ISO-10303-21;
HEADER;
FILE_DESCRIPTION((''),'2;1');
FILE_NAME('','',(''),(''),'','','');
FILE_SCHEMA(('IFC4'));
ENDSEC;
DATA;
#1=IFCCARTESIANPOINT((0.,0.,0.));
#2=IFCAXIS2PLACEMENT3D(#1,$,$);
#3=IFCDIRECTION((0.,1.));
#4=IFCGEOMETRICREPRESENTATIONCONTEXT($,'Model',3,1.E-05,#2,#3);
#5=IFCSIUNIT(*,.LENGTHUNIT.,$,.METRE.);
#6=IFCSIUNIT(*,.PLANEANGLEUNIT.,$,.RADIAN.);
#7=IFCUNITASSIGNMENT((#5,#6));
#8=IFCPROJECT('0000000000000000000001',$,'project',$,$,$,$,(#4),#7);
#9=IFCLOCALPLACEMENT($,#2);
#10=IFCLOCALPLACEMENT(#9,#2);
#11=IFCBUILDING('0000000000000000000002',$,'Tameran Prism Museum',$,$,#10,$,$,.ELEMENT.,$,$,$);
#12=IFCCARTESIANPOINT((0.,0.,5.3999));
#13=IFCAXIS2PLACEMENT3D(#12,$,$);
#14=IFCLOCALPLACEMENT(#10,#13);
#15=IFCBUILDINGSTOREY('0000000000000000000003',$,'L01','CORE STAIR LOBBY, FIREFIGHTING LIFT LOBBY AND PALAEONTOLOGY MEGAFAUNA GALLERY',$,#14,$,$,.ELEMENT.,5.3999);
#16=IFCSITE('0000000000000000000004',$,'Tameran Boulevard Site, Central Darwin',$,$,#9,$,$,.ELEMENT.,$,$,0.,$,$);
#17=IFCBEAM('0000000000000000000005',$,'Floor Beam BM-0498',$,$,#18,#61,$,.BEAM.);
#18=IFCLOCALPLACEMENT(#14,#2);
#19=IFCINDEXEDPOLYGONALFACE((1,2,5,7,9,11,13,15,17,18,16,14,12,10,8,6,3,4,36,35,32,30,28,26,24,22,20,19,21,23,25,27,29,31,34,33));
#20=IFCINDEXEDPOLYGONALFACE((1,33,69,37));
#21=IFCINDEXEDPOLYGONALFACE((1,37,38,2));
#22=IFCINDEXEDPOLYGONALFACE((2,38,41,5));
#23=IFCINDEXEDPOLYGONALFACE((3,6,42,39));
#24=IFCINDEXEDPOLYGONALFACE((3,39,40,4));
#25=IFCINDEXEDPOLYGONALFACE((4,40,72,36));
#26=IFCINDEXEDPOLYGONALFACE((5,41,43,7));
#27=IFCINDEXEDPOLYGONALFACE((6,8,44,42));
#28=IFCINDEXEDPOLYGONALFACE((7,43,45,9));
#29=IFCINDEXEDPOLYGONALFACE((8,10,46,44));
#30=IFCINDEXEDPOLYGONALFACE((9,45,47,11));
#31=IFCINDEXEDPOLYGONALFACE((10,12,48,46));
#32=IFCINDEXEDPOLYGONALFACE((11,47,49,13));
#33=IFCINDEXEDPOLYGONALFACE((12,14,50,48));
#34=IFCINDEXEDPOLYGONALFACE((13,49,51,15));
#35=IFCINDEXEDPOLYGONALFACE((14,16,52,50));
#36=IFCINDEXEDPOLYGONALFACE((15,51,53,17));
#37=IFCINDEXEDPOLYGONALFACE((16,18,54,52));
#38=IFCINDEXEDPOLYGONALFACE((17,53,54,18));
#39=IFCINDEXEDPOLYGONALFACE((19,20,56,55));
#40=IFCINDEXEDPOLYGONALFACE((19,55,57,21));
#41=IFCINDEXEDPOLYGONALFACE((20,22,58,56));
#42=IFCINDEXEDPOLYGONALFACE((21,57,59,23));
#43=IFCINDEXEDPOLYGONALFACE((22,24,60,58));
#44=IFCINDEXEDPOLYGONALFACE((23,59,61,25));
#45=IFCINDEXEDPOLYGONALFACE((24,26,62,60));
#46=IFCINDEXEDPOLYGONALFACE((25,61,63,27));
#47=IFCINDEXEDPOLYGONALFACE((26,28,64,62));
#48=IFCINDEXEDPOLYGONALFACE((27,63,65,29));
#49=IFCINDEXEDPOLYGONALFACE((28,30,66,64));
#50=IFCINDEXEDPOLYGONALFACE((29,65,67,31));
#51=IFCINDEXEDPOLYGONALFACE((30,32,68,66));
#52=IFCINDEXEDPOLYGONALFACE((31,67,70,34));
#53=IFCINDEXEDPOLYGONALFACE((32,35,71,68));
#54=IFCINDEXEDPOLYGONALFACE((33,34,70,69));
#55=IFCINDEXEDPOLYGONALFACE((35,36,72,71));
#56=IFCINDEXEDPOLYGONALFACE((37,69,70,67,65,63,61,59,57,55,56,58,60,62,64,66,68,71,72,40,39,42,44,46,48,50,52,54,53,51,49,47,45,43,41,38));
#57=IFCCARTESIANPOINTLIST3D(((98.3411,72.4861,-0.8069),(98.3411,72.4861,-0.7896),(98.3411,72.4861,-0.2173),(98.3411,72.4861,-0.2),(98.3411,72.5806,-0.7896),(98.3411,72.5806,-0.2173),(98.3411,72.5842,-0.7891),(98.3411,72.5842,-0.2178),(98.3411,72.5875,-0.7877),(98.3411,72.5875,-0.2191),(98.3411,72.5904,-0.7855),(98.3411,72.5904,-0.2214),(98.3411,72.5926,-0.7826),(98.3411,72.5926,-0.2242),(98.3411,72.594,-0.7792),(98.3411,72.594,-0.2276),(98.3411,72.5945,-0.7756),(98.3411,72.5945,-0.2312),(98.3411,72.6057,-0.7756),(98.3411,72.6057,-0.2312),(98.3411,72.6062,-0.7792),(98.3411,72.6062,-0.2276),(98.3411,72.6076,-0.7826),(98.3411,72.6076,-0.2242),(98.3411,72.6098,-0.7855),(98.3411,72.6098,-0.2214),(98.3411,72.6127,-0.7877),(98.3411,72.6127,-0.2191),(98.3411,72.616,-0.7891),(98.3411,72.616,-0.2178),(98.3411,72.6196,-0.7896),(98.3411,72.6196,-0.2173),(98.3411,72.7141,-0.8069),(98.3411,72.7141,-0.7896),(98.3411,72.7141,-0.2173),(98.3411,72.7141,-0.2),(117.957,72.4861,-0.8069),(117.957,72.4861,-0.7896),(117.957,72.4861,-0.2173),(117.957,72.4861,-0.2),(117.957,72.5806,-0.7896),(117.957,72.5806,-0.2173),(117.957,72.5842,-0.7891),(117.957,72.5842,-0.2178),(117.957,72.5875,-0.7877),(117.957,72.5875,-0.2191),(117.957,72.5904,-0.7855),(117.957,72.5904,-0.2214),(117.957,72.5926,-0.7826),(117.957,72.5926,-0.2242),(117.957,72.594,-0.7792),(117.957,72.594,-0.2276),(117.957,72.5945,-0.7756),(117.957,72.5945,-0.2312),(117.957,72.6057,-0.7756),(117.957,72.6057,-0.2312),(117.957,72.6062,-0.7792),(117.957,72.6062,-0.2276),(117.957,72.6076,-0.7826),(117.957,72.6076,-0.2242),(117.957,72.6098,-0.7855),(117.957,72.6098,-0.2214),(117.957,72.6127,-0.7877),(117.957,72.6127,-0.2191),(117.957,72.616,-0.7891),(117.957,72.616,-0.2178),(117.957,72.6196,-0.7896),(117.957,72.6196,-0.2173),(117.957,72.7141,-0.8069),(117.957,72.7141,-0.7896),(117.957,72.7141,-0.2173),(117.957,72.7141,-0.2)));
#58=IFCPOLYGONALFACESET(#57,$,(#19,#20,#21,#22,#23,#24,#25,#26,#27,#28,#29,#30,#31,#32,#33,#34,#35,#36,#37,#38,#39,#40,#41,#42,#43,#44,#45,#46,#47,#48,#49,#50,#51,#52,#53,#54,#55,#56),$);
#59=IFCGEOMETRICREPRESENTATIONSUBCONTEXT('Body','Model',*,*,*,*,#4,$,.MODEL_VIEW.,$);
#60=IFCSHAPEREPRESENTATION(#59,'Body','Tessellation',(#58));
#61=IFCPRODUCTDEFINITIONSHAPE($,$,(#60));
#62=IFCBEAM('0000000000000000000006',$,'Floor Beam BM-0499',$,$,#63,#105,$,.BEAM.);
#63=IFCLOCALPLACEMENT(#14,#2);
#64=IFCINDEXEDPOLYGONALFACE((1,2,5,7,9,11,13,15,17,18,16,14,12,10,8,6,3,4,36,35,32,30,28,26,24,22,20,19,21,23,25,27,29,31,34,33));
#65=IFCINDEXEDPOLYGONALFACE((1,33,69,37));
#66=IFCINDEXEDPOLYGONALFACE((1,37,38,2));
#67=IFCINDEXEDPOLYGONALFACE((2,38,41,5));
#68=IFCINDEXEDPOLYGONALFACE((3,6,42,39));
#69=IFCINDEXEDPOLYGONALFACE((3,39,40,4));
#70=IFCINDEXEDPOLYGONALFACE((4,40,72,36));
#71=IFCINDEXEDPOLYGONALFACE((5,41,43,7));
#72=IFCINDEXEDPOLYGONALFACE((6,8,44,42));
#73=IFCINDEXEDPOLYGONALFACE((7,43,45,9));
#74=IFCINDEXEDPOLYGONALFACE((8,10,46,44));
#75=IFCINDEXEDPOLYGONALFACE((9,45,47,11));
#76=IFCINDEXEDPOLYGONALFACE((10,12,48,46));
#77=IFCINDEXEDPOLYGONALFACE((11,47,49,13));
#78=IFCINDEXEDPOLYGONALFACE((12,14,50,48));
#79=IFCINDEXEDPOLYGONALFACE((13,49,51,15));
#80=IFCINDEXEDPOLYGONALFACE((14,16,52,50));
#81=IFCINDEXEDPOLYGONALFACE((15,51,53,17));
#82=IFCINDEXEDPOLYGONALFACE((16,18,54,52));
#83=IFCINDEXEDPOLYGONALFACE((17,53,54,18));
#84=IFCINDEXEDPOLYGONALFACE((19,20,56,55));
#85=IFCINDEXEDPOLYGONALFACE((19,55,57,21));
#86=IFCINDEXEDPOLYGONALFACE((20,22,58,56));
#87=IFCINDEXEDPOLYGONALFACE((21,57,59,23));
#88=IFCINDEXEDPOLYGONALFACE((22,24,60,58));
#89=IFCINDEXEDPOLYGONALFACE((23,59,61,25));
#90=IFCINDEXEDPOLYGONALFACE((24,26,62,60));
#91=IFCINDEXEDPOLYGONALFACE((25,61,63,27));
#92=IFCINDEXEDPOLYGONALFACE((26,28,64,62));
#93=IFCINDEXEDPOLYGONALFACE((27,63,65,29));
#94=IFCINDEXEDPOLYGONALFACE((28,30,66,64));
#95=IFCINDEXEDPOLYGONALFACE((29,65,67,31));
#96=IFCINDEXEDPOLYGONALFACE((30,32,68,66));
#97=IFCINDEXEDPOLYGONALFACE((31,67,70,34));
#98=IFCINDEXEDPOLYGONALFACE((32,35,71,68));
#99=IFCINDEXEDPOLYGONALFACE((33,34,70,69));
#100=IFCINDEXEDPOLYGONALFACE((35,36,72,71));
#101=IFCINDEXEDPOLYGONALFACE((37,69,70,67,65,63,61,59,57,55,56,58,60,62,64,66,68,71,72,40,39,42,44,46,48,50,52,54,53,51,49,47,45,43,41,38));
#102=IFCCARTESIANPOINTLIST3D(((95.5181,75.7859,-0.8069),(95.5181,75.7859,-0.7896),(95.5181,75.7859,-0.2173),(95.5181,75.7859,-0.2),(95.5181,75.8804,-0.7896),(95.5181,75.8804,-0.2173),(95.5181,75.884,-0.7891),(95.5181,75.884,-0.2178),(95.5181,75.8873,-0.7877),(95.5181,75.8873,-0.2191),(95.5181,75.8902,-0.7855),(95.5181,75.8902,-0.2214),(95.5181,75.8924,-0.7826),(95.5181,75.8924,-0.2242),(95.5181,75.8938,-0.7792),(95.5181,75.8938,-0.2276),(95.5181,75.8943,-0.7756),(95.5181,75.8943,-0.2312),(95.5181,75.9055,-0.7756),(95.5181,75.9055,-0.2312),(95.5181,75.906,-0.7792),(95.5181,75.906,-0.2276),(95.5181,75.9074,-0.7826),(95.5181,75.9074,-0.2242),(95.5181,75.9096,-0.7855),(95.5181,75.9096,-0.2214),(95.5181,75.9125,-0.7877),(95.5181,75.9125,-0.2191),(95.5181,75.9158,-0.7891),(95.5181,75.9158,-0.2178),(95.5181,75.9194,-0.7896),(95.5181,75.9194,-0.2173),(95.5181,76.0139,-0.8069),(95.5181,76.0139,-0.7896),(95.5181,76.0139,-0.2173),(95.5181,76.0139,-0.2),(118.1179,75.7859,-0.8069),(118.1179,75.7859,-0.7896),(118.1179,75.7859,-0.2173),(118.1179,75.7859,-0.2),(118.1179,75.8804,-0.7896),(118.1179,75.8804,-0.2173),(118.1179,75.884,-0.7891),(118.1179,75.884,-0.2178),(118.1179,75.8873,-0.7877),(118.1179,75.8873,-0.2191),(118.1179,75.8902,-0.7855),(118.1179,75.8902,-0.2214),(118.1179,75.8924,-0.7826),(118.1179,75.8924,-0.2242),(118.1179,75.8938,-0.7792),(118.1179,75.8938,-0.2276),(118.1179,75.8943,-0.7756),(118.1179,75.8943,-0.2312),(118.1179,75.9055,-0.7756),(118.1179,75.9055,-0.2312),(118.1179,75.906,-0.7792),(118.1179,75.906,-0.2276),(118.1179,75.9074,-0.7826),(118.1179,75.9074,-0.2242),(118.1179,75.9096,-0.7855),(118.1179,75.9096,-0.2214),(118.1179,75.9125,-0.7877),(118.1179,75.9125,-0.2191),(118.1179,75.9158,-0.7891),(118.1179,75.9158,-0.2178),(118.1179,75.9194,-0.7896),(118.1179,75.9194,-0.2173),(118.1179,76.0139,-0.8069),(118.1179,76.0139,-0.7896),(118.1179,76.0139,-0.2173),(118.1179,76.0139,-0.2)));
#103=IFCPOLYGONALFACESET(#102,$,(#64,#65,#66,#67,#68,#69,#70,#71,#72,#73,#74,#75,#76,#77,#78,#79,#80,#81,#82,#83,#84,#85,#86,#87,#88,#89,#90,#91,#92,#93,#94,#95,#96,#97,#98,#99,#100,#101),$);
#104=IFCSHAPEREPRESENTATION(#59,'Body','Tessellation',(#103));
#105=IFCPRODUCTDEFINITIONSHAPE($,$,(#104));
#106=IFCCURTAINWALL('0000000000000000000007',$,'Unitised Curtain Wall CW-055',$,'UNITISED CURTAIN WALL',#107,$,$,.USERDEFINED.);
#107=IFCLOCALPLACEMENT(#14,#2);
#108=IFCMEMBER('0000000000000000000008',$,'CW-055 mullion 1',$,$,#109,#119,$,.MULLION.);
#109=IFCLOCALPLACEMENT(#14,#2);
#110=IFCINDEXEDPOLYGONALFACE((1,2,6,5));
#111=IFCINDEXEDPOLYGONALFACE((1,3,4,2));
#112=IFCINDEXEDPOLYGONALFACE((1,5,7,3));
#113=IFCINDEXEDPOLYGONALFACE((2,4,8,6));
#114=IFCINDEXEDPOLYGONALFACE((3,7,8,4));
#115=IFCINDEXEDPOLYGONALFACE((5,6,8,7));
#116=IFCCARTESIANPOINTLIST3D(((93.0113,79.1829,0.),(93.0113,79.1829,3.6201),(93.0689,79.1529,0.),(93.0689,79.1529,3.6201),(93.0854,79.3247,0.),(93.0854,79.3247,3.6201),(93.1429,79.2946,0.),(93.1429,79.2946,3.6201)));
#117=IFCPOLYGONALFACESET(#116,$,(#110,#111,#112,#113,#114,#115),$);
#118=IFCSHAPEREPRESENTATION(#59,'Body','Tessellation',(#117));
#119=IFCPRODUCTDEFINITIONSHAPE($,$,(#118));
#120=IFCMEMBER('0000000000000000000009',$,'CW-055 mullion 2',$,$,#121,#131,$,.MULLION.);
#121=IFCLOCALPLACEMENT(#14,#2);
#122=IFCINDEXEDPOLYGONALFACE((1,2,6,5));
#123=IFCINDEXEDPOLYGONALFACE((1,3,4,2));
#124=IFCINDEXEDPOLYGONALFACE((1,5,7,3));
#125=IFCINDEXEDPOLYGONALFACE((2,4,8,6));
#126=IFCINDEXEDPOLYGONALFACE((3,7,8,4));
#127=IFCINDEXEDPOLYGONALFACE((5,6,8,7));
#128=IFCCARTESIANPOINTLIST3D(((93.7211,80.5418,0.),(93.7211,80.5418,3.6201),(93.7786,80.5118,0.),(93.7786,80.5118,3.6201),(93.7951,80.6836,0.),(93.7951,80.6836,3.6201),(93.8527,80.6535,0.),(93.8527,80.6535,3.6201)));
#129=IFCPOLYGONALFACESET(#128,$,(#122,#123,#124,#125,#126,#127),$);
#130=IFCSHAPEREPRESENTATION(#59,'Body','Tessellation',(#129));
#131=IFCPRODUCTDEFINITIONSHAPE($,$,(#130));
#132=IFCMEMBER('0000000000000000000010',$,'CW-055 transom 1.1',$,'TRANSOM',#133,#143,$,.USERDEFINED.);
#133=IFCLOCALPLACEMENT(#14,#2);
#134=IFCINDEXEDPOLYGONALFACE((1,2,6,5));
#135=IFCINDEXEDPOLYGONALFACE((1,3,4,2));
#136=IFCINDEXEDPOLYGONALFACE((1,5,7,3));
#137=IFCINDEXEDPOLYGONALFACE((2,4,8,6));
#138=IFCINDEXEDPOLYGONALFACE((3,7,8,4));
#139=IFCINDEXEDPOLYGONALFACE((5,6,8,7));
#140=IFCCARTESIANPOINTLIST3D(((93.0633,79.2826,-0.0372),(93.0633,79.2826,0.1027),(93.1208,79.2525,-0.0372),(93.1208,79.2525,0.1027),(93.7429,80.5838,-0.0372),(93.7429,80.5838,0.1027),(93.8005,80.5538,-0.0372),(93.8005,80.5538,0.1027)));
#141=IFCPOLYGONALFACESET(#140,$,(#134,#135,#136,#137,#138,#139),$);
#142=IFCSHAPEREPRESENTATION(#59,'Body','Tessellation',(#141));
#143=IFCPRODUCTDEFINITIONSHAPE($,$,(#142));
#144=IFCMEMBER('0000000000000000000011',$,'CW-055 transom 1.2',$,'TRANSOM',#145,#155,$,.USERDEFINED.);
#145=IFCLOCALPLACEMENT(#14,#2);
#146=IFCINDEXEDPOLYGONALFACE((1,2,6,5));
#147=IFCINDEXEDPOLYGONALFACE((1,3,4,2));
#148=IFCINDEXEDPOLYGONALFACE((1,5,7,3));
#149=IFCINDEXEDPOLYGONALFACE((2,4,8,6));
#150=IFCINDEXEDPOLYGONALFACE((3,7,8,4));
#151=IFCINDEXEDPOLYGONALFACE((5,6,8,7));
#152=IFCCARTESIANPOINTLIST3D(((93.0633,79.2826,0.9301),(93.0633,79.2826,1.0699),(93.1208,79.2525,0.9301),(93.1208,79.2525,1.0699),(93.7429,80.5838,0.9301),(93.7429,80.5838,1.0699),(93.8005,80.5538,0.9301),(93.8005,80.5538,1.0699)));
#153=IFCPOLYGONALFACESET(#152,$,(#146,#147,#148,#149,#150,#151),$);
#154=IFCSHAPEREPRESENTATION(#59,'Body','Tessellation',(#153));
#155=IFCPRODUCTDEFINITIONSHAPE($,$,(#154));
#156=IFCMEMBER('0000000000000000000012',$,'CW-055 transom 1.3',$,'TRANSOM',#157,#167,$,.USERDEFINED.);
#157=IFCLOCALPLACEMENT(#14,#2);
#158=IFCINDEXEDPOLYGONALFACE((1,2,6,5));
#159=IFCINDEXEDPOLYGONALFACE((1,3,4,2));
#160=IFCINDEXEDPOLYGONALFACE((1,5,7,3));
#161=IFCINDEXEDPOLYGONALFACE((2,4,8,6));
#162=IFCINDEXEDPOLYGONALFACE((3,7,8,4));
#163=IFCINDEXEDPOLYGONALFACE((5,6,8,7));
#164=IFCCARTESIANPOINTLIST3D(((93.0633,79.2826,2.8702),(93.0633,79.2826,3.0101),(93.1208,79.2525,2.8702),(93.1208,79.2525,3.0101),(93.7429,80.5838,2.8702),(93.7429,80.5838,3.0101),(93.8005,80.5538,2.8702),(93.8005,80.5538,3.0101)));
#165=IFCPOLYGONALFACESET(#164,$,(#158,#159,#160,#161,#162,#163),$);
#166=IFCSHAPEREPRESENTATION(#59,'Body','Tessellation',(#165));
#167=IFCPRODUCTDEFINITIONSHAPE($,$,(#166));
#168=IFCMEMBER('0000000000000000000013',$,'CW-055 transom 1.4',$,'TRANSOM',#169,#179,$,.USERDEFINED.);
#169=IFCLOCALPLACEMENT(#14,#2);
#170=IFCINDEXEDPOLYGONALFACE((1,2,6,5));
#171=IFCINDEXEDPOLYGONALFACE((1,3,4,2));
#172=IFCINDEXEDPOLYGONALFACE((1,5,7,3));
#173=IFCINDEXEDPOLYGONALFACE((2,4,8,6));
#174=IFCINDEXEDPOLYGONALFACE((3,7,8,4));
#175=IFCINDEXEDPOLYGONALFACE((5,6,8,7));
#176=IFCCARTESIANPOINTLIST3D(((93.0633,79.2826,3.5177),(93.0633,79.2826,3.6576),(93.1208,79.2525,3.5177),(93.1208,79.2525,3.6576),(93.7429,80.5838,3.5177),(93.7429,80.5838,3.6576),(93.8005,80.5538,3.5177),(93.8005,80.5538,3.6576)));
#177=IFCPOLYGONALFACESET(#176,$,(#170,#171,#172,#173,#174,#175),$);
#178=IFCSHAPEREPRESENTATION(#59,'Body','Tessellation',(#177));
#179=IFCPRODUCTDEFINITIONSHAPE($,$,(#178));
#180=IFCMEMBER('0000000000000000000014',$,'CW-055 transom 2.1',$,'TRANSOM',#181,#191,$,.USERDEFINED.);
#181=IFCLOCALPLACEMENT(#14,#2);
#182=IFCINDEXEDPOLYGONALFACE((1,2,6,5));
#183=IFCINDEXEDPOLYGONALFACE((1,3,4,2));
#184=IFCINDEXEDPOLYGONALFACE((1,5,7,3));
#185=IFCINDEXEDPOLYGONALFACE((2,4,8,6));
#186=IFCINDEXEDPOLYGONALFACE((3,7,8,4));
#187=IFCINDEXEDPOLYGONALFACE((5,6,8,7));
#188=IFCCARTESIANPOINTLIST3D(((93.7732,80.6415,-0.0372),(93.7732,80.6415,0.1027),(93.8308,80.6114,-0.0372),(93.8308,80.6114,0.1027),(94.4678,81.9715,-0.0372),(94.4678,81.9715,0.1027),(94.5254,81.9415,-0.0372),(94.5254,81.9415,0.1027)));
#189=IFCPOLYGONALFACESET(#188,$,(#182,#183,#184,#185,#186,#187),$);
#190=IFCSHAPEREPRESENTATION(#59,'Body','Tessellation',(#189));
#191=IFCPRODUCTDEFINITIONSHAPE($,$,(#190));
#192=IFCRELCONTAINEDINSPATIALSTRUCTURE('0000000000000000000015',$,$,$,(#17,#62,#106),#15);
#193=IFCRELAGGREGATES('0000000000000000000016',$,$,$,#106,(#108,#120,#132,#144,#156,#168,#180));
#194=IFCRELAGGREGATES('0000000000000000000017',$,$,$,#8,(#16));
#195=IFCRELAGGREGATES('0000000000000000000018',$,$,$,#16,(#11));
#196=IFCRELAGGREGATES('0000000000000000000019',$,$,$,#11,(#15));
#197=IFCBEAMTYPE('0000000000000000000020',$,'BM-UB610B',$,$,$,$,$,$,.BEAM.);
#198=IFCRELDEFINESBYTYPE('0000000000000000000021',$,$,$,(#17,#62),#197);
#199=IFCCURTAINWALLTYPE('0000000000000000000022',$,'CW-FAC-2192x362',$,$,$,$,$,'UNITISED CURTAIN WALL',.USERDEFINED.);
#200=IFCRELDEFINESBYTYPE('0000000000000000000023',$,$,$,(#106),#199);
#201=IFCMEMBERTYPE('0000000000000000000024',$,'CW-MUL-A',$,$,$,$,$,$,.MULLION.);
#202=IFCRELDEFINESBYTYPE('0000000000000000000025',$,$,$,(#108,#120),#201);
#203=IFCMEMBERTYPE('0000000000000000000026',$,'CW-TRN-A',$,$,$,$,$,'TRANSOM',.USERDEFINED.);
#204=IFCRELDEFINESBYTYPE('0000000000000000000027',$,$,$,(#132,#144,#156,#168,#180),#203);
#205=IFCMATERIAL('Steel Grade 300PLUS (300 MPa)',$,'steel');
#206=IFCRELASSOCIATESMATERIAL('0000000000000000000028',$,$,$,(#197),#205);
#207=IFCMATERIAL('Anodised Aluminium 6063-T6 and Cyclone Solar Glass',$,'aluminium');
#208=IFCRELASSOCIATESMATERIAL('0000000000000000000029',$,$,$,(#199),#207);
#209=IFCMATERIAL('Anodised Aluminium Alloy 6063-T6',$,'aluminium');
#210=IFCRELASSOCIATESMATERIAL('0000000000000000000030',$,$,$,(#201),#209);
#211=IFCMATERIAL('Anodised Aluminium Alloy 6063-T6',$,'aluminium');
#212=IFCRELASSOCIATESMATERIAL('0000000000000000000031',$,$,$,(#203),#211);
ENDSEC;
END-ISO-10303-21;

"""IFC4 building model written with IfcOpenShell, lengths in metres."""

from ifc_helpers import new_model, si_unit, direction, frame, origin, origin_2d, place, context, subcontext, project, spatial, rectangle, i_section, extrude, material, material_profile, profile_set, type_object, element, aggregate, save


model = new_model("IFC4")

# Units and contexts
model_context = context("Model", 3, precision=1e-05, world=origin(), true_north=direction((0.0, 1.0)))
body_context = subcontext(model_context, "Body", "Model", "MODEL_VIEW")
ifc_project = project(units=[si_unit("LENGTHUNIT", "METRE"), si_unit("PLANEANGLEUNIT", "RADIAN")], contexts=[model_context])

# Site, building, storey
site_placement = place(None, origin())
site = spatial("IfcSite", under=ifc_project, at=site_placement, Name="Tameran Boulevard Site, Central Darwin", CompositionType="ELEMENT", RefElevation=0.0)
building_placement = place(site_placement, origin())
building = spatial("IfcBuilding", under=site, at=building_placement, Name="Tameran Prism Museum", CompositionType="ELEMENT")
storey_placement = place(building_placement, frame((0.0, 0.0, 5.3999)))
storey = spatial("IfcBuildingStorey", under=building, at=storey_placement, Name="L01", Description="CORE STAIR LOBBY, FIREFIGHTING LIFT LOBBY AND PALAEONTOLOGY MEGAFAUNA GALLERY", CompositionType="ELEMENT", Elevation=5.3999)

# Beams
ifc_material_1 = material(Name="Steel Grade 300PLUS (300 MPa)", Category="steel")
ifc_material_profile_1 = material_profile(ifc_material_1, i_section(OverallWidth=0.228, OverallDepth=0.6069, WebThickness=0.0112, FlangeThickness=0.0173, FilletRadius=0.0139, at=origin_2d()))
ifc_profile_set_1 = profile_set([ifc_material_profile_1])
beam_type_1 = type_object("IfcBeamType", Name="BM-UB610B", PredefinedType="BEAM", material=ifc_profile_set_1)
beam_1_placement = place(storey_placement, frame((98.3411, 72.6001, -0.5034), z_axis=(1.0, 0.0, 0.0), x_axis=(0.0, 1.0, 0.0)))
element("IfcBeam", 1, at=beam_1_placement, inside=storey, type_object=beam_type_1, Name="Floor Beam BM-0498", PredefinedType="BEAM", context=body_context, shape_type="SweptSolid", body=[
    extrude(i_section(OverallWidth=0.228, OverallDepth=0.6069, WebThickness=0.0112, FlangeThickness=0.0173, FilletRadius=0.0139, at=origin_2d()), origin(), (0.0, 0.0, 1.0), 19.616),
])
beam_2_placement = place(storey_placement, frame((95.5181, 75.8999, -0.5034), z_axis=(1.0, 0.0, 0.0), x_axis=(0.0, 1.0, 0.0)))
element("IfcBeam", 2, at=beam_2_placement, inside=storey, type_object=beam_type_1, Name="Floor Beam BM-0499", PredefinedType="BEAM", context=body_context, shape_type="SweptSolid", body=[
    extrude(i_section(OverallWidth=0.228, OverallDepth=0.6069, WebThickness=0.0112, FlangeThickness=0.0173, FilletRadius=0.0139, at=origin_2d()), origin(), (0.0, 0.0, 1.0), 22.5999),
])

# Curtain wall, members
ifc_material_2 = material(Name="Anodised Aluminium 6063-T6 and Cyclone Solar Glass", Category="aluminium")
curtain_wall_type = type_object("IfcCurtainWallType", Name="CW-FAC-2192x362", ElementType="UNITISED CURTAIN WALL", PredefinedType="USERDEFINED", material=ifc_material_2)
curtain_wall_placement = place(storey_placement, origin())
curtain_wall = element("IfcCurtainWall", 3, at=curtain_wall_placement, inside=storey, type_object=curtain_wall_type, Name="Unitised Curtain Wall CW-055", ObjectType="UNITISED CURTAIN WALL", PredefinedType="USERDEFINED")
ifc_material_3 = material(Name="Anodised Aluminium Alloy 6063-T6", Category="aluminium")
ifc_material_profile_2 = material_profile(ifc_material_3, rectangle(XDim=0.0649, YDim=0.1599, at=origin_2d()))
ifc_profile_set_2 = profile_set([ifc_material_profile_2])
member_type_1 = type_object("IfcMemberType", Name="CW-MUL-A", PredefinedType="MULLION", material=ifc_profile_set_2)
member_1_placement = place(storey_placement, frame((93.0771, 79.2388, 0.0), z_axis=(0.0, 0.0, 1.0), x_axis=(-0.886357, 0.463003, 0.0)))
member_1 = element("IfcMember", 4, at=member_1_placement, type_object=member_type_1, Name="CW-055 mullion 1", PredefinedType="MULLION", context=body_context, shape_type="SweptSolid", body=[
    extrude(rectangle(XDim=0.0649, YDim=0.1599, at=origin_2d()), origin(), (0.0, 0.0, 1.0), 3.6201),
])
member_2_placement = place(storey_placement, frame((93.7869, 80.5977, 0.0), z_axis=(0.0, 0.0, 1.0), x_axis=(-0.886357, 0.463003, 0.0)))
member_2 = element("IfcMember", 5, at=member_2_placement, type_object=member_type_1, Name="CW-055 mullion 2", PredefinedType="MULLION", context=body_context, shape_type="SweptSolid", body=[
    extrude(rectangle(XDim=0.0649, YDim=0.1599, at=origin_2d()), origin(), (0.0, 0.0, 1.0), 3.6201),
])
ifc_material_4 = material(Name="Anodised Aluminium Alloy 6063-T6", Category="aluminium")
ifc_material_profile_3 = material_profile(ifc_material_4, rectangle(XDim=0.0649, YDim=0.1399, at=origin_2d()))
ifc_profile_set_3 = profile_set([ifc_material_profile_3])
member_type_2 = type_object("IfcMemberType", Name="CW-TRN-A", ElementType="TRANSOM", PredefinedType="USERDEFINED", material=ifc_profile_set_3)
member_3_placement = place(storey_placement, frame((93.092, 79.2676, 0.0327), z_axis=(0.462975, 0.886371, 0.0), x_axis=(-0.886371, 0.462975, 0.0)))
member_3 = element("IfcMember", 6, at=member_3_placement, type_object=member_type_2, Name="CW-055 transom 1.1", ObjectType="TRANSOM", PredefinedType="USERDEFINED", context=body_context, shape_type="SweptSolid", body=[
    extrude(rectangle(XDim=0.0649, YDim=0.1399, at=origin_2d()), origin(), (0.0, 0.0, 1.0), 1.468),
])
member_4_placement = place(storey_placement, frame((93.092, 79.2676, 1.0), z_axis=(0.462975, 0.886371, 0.0), x_axis=(-0.886371, 0.462975, 0.0)))
member_4 = element("IfcMember", 7, at=member_4_placement, type_object=member_type_2, Name="CW-055 transom 1.2", ObjectType="TRANSOM", PredefinedType="USERDEFINED", context=body_context, shape_type="SweptSolid", body=[
    extrude(rectangle(XDim=0.0649, YDim=0.1399, at=origin_2d()), origin(), (0.0, 0.0, 1.0), 1.468),
])
member_5_placement = place(storey_placement, frame((93.092, 79.2676, 2.9402), z_axis=(0.462975, 0.886371, 0.0), x_axis=(-0.886371, 0.462975, 0.0)))
member_5 = element("IfcMember", 8, at=member_5_placement, type_object=member_type_2, Name="CW-055 transom 1.3", ObjectType="TRANSOM", PredefinedType="USERDEFINED", context=body_context, shape_type="SweptSolid", body=[
    extrude(rectangle(XDim=0.0649, YDim=0.1399, at=origin_2d()), origin(), (0.0, 0.0, 1.0), 1.468),
])
member_6_placement = place(storey_placement, frame((93.092, 79.2676, 3.5876), z_axis=(0.462975, 0.886371, 0.0), x_axis=(-0.886371, 0.462975, 0.0)))
member_6 = element("IfcMember", 9, at=member_6_placement, type_object=member_type_2, Name="CW-055 transom 1.4", ObjectType="TRANSOM", PredefinedType="USERDEFINED", context=body_context, shape_type="SweptSolid", body=[
    extrude(rectangle(XDim=0.0649, YDim=0.1399, at=origin_2d()), origin(), (0.0, 0.0, 1.0), 1.468),
])
member_7_placement = place(storey_placement, frame((93.802, 80.6265, 0.0327), z_axis=(0.462894, 0.886414, 0.0), x_axis=(-0.886414, 0.462894, 0.0)))
member_7 = element("IfcMember", 10, at=member_7_placement, type_object=member_type_2, Name="CW-055 transom 2.1", ObjectType="TRANSOM", PredefinedType="USERDEFINED", context=body_context, shape_type="SweptSolid", body=[
    extrude(rectangle(XDim=0.0649, YDim=0.1399, at=origin_2d()), origin(), (0.0, 0.0, 1.0), 1.5005),
])
aggregate(curtain_wall, [member_1, member_2, member_3, member_4, member_5, member_6, member_7])

save(model, "model.ifc")
